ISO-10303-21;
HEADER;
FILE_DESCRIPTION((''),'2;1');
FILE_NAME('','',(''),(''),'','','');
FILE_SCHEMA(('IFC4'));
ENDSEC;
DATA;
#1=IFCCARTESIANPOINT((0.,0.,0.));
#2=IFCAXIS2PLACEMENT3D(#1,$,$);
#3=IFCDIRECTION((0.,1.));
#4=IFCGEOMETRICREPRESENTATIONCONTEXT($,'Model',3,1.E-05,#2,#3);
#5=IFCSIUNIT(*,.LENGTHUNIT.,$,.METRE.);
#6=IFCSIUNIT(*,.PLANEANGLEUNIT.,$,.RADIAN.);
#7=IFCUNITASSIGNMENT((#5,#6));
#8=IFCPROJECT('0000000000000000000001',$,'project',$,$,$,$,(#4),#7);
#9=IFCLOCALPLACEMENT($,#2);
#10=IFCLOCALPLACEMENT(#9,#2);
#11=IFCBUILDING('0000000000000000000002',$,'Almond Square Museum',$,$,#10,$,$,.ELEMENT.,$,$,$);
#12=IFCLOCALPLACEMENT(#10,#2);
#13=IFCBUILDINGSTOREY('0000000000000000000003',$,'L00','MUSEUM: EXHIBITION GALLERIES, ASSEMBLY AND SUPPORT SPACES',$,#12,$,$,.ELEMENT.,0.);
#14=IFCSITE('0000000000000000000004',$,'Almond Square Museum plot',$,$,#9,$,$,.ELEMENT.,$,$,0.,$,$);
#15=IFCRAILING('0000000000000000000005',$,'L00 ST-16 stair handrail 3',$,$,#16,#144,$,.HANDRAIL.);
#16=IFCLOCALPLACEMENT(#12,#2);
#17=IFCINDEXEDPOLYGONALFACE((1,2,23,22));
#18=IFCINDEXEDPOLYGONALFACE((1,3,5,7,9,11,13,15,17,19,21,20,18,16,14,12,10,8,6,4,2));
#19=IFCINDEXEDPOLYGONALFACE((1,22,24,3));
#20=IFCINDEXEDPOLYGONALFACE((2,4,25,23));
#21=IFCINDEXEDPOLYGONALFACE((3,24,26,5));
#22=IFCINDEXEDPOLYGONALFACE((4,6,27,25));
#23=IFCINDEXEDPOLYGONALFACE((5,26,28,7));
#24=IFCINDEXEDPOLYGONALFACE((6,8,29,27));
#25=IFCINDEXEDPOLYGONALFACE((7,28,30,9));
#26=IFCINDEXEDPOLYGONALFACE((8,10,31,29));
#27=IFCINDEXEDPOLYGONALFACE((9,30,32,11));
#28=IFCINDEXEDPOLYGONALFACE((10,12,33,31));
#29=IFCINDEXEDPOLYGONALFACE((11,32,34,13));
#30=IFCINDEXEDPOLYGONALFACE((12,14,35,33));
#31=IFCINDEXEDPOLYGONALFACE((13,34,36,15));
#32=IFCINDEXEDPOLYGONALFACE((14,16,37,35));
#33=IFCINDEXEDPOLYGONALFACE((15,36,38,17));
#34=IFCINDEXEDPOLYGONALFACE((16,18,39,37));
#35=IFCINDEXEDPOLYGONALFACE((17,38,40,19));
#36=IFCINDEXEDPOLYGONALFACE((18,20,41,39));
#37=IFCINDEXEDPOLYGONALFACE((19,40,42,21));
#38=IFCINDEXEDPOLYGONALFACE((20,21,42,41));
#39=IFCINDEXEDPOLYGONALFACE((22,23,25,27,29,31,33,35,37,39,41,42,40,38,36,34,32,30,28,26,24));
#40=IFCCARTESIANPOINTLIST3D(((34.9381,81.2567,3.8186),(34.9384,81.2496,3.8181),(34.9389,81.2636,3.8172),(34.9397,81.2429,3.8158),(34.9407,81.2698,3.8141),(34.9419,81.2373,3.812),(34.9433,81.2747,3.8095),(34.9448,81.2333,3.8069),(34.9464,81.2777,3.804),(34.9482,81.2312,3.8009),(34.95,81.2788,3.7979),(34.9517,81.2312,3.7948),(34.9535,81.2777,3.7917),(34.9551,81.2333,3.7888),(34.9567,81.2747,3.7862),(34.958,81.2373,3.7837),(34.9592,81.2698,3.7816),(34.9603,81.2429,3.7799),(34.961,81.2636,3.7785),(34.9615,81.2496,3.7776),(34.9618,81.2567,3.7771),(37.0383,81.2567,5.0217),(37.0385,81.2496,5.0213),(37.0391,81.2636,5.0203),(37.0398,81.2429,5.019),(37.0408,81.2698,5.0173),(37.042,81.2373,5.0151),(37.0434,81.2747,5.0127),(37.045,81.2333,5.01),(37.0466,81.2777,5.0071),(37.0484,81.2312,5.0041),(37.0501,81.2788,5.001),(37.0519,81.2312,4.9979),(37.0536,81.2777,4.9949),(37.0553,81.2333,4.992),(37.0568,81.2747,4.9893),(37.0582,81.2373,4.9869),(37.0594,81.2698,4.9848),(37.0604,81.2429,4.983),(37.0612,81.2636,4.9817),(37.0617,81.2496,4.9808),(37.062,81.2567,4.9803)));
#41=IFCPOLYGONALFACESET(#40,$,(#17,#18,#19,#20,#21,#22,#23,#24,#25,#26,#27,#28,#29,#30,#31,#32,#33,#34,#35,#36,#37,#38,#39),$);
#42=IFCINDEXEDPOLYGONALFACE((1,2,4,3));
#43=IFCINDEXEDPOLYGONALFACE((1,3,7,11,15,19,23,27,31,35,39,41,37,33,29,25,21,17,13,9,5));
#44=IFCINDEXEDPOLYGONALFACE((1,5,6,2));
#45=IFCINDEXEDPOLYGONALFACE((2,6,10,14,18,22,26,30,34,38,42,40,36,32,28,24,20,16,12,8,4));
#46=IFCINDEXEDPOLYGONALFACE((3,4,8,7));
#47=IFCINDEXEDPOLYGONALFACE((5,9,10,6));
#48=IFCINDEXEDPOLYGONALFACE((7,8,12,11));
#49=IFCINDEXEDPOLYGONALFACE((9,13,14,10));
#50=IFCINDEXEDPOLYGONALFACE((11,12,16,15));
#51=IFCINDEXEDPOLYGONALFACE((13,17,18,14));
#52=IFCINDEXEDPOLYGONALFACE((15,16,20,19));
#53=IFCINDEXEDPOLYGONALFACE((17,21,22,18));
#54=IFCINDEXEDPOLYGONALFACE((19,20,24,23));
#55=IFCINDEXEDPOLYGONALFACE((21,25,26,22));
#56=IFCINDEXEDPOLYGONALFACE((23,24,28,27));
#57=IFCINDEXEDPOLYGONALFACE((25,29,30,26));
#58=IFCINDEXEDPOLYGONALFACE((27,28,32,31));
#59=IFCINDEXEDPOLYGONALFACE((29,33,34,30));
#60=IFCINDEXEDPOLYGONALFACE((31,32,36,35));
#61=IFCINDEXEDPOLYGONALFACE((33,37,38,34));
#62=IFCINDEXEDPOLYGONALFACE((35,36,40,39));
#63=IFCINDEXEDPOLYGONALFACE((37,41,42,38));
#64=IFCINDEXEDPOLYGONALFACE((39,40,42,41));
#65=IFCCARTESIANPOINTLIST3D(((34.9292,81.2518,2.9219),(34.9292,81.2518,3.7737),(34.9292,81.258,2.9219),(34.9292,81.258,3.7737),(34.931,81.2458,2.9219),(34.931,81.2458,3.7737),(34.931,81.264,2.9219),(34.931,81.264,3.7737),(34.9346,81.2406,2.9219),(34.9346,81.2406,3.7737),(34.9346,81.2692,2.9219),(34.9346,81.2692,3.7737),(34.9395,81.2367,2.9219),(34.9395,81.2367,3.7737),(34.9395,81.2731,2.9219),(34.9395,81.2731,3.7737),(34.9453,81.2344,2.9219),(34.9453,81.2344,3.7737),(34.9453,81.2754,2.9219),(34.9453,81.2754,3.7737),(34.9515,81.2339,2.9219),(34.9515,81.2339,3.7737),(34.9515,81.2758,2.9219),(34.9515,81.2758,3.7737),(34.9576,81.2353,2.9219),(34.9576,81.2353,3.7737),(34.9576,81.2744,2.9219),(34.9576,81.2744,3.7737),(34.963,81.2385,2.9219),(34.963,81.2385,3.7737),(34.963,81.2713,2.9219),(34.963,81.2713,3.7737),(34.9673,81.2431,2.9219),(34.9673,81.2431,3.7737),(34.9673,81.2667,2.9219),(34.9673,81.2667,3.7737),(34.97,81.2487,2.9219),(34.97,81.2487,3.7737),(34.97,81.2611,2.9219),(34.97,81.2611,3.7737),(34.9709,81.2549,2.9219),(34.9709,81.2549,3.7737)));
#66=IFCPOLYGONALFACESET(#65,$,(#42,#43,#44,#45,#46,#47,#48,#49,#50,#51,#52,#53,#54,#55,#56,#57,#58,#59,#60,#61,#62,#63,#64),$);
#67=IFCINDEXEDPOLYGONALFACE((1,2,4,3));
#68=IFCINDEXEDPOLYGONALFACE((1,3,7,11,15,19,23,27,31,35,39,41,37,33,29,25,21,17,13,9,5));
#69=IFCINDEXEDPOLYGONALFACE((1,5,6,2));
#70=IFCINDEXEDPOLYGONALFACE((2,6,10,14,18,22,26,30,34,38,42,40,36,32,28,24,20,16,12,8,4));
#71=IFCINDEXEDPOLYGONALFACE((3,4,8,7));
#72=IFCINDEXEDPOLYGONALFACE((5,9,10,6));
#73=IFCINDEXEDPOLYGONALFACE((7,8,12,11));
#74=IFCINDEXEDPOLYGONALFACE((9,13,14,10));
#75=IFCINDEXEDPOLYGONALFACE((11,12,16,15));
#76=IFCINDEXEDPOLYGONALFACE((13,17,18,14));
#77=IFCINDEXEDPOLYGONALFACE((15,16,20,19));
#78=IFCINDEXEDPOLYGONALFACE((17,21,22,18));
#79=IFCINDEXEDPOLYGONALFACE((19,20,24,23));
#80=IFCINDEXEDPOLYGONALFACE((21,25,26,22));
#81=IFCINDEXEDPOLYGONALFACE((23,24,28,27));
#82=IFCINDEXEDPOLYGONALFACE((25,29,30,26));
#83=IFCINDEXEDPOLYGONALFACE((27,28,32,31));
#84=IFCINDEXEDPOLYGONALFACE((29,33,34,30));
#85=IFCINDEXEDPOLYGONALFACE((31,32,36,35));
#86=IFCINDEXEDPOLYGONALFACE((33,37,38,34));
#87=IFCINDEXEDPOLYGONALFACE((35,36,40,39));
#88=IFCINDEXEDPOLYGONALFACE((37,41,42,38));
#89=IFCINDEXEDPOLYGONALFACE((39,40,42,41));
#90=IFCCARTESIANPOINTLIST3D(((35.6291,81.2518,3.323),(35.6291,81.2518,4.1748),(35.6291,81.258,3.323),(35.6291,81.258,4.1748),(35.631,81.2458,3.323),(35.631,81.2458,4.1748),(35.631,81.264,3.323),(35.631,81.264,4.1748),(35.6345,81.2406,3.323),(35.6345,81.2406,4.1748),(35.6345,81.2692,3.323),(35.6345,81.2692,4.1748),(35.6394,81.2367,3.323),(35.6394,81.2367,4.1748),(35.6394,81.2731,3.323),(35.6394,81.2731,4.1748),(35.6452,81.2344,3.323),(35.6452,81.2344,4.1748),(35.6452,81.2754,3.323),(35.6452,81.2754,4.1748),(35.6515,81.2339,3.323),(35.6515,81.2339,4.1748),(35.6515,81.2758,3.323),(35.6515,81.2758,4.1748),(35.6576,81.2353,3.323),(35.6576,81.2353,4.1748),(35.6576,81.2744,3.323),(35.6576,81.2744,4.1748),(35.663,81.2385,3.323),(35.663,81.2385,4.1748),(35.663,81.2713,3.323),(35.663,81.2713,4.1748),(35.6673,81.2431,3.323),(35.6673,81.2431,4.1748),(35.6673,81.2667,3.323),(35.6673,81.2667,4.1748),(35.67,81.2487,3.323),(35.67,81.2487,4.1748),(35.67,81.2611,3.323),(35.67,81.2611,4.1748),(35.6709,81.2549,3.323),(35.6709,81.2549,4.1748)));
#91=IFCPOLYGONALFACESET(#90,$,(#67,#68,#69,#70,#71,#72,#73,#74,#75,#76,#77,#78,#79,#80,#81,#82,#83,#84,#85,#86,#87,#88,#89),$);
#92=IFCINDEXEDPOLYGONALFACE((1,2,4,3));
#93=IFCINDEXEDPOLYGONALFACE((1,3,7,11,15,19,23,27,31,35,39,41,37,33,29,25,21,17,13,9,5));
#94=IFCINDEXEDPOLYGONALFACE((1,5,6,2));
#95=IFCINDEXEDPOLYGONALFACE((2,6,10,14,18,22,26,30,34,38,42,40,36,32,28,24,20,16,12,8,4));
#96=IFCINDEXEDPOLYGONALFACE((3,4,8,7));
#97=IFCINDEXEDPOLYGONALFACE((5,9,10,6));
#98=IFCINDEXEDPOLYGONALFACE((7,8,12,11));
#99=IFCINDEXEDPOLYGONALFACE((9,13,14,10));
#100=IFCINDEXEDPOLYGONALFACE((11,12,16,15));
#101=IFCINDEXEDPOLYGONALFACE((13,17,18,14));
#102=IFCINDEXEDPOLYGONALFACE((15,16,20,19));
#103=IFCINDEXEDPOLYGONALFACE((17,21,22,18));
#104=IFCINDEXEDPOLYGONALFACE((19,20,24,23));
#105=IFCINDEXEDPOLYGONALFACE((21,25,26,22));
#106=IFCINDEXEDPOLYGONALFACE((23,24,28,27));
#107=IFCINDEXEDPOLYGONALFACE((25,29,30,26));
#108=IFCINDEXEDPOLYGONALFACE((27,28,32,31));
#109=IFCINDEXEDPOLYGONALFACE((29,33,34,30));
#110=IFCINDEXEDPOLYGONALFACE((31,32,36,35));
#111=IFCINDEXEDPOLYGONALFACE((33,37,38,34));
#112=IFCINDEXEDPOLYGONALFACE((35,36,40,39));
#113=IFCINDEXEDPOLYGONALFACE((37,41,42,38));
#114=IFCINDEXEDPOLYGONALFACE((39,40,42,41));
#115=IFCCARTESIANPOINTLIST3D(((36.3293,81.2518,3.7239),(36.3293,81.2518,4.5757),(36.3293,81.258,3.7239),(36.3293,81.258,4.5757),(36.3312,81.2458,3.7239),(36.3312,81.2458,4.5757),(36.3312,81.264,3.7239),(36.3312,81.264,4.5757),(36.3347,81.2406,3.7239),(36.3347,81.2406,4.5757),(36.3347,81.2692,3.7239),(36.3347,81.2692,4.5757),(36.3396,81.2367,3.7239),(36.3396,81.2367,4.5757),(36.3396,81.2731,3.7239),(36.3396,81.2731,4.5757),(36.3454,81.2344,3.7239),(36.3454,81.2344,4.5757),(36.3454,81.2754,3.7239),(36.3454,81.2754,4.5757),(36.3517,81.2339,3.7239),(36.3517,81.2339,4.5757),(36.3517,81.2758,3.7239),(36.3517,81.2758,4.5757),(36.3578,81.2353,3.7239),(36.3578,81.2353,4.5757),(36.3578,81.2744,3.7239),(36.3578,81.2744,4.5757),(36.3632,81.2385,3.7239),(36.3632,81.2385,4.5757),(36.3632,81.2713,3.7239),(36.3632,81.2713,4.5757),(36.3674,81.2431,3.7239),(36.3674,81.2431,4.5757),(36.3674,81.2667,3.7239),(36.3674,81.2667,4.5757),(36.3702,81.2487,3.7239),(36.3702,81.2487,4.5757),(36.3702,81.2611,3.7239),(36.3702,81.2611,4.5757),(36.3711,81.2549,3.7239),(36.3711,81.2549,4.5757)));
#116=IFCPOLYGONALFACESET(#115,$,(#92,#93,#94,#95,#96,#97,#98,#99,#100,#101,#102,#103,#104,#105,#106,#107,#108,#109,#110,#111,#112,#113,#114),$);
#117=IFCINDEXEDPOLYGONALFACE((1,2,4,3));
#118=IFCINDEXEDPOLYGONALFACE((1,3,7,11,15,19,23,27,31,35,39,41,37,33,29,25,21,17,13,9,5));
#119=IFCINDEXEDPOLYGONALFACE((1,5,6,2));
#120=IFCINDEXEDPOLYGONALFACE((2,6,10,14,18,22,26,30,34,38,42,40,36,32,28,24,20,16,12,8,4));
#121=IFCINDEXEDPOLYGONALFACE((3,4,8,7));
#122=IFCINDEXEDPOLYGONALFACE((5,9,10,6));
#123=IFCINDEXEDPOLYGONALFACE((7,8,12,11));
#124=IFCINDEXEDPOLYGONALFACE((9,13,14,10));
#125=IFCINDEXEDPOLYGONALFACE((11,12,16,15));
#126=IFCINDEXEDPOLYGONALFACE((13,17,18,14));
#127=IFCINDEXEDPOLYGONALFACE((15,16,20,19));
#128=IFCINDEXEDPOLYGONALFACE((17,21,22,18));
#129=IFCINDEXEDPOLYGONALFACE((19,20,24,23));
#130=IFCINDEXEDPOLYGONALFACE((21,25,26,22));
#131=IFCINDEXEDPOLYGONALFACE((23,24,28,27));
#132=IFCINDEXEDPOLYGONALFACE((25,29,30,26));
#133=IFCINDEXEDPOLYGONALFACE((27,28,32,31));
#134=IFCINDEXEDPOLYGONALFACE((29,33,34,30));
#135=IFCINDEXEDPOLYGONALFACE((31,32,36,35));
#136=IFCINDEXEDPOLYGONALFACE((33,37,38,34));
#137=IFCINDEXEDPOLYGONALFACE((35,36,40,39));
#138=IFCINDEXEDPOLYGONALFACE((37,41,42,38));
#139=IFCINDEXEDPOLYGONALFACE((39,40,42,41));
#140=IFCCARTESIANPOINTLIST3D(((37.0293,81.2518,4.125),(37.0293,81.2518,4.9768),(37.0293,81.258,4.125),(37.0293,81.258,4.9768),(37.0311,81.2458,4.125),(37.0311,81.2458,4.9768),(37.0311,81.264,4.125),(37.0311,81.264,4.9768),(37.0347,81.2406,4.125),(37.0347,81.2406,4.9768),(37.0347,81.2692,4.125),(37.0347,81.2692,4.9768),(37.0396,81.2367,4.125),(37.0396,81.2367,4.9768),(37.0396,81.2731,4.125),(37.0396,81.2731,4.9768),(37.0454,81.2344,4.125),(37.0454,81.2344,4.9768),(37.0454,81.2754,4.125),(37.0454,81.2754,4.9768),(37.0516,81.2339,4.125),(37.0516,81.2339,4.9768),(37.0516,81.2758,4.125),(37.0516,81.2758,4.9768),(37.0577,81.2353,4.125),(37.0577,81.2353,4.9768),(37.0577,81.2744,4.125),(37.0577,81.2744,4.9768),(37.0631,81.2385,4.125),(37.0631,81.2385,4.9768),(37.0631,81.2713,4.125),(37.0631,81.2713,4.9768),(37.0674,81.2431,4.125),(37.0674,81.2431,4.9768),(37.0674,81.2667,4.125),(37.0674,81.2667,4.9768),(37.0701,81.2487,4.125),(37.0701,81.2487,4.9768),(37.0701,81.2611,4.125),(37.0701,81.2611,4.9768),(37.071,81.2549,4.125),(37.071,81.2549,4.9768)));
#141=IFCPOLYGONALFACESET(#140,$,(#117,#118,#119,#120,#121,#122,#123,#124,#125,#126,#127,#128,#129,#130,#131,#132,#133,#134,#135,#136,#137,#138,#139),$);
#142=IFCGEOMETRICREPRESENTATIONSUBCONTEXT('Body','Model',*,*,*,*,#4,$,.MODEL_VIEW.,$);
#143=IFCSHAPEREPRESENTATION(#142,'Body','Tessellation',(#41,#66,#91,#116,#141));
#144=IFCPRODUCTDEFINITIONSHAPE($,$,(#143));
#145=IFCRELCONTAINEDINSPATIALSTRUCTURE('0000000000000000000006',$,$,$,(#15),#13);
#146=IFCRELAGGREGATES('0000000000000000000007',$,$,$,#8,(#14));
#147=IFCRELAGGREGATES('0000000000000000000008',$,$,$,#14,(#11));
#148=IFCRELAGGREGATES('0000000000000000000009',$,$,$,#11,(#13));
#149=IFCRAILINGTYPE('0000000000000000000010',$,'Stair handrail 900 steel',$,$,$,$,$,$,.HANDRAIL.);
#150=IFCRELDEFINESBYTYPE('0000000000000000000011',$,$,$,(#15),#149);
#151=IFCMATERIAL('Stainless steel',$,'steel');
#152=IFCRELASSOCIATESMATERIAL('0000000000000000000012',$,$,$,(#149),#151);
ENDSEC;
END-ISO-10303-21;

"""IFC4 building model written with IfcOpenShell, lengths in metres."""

from ifc_helpers import new_model, si_unit, direction, frame, origin, origin_2d, place, context, subcontext, project, spatial, circle, extrude, material, type_object, element, save


model = new_model("IFC4")

# Units and contexts
model_context = context("Model", 3, precision=1e-05, world=origin(), true_north=direction((0.0, 1.0)))
body_context = subcontext(model_context, "Body", "Model", "MODEL_VIEW")
ifc_project = project(units=[si_unit("LENGTHUNIT", "METRE"), si_unit("PLANEANGLEUNIT", "RADIAN")], contexts=[model_context])

# Site, building, storey
site_placement = place(None, origin())
site = spatial("IfcSite", under=ifc_project, at=site_placement, Name="Almond Square Museum plot", CompositionType="ELEMENT", RefElevation=0.0)
building_placement = place(site_placement, origin())
building = spatial("IfcBuilding", under=site, at=building_placement, Name="Almond Square Museum", CompositionType="ELEMENT")
storey_placement = place(building_placement, origin())
storey = spatial("IfcBuildingStorey", under=building, at=storey_placement, Name="L00", Description="MUSEUM: EXHIBITION GALLERIES, ASSEMBLY AND SUPPORT SPACES", CompositionType="ELEMENT", Elevation=0.0)

# Railing
ifc_material_1 = material(Name="Stainless steel", Category="steel")
railing_type_1 = type_object("IfcRailingType", Name="Stair handrail 900 steel", PredefinedType="HANDRAIL", material=ifc_material_1)
railing_1_placement = place(storey_placement, frame((34.95, 81.2549, 2.9219)))
element("IfcRailing", 1, at=railing_1_placement, inside=storey, type_object=railing_type_1, Name="L00 ST-16 stair handrail 3", PredefinedType="HANDRAIL", context=body_context, shape_type="SweptSolid", body=[
    extrude(circle(Radius=0.0239, at=origin_2d()), frame((0.0, 0.0, 0.876), z_axis=(0.867696, 0.0, 0.497095), x_axis=(0.0, 1.0, 0.0)), (0.0, 0.0, 1.0), 2.4204),
    extrude(circle(Radius=0.021, at=origin_2d()), origin(), (0.0, 0.0, 1.0), 0.8518),
    extrude(circle(Radius=0.021, at=origin_2d()), frame((0.7, 0.0, 0.4011)), (0.0, 0.0, 1.0), 0.8518),
    extrude(circle(Radius=0.021, at=origin_2d()), frame((1.4001, 0.0, 0.802)), (0.0, 0.0, 1.0), 0.8518),
    extrude(circle(Radius=0.021, at=origin_2d()), frame((2.1001, 0.0, 1.2031)), (0.0, 0.0, 1.0), 0.8518),
])

save(model, "model.ifc")
